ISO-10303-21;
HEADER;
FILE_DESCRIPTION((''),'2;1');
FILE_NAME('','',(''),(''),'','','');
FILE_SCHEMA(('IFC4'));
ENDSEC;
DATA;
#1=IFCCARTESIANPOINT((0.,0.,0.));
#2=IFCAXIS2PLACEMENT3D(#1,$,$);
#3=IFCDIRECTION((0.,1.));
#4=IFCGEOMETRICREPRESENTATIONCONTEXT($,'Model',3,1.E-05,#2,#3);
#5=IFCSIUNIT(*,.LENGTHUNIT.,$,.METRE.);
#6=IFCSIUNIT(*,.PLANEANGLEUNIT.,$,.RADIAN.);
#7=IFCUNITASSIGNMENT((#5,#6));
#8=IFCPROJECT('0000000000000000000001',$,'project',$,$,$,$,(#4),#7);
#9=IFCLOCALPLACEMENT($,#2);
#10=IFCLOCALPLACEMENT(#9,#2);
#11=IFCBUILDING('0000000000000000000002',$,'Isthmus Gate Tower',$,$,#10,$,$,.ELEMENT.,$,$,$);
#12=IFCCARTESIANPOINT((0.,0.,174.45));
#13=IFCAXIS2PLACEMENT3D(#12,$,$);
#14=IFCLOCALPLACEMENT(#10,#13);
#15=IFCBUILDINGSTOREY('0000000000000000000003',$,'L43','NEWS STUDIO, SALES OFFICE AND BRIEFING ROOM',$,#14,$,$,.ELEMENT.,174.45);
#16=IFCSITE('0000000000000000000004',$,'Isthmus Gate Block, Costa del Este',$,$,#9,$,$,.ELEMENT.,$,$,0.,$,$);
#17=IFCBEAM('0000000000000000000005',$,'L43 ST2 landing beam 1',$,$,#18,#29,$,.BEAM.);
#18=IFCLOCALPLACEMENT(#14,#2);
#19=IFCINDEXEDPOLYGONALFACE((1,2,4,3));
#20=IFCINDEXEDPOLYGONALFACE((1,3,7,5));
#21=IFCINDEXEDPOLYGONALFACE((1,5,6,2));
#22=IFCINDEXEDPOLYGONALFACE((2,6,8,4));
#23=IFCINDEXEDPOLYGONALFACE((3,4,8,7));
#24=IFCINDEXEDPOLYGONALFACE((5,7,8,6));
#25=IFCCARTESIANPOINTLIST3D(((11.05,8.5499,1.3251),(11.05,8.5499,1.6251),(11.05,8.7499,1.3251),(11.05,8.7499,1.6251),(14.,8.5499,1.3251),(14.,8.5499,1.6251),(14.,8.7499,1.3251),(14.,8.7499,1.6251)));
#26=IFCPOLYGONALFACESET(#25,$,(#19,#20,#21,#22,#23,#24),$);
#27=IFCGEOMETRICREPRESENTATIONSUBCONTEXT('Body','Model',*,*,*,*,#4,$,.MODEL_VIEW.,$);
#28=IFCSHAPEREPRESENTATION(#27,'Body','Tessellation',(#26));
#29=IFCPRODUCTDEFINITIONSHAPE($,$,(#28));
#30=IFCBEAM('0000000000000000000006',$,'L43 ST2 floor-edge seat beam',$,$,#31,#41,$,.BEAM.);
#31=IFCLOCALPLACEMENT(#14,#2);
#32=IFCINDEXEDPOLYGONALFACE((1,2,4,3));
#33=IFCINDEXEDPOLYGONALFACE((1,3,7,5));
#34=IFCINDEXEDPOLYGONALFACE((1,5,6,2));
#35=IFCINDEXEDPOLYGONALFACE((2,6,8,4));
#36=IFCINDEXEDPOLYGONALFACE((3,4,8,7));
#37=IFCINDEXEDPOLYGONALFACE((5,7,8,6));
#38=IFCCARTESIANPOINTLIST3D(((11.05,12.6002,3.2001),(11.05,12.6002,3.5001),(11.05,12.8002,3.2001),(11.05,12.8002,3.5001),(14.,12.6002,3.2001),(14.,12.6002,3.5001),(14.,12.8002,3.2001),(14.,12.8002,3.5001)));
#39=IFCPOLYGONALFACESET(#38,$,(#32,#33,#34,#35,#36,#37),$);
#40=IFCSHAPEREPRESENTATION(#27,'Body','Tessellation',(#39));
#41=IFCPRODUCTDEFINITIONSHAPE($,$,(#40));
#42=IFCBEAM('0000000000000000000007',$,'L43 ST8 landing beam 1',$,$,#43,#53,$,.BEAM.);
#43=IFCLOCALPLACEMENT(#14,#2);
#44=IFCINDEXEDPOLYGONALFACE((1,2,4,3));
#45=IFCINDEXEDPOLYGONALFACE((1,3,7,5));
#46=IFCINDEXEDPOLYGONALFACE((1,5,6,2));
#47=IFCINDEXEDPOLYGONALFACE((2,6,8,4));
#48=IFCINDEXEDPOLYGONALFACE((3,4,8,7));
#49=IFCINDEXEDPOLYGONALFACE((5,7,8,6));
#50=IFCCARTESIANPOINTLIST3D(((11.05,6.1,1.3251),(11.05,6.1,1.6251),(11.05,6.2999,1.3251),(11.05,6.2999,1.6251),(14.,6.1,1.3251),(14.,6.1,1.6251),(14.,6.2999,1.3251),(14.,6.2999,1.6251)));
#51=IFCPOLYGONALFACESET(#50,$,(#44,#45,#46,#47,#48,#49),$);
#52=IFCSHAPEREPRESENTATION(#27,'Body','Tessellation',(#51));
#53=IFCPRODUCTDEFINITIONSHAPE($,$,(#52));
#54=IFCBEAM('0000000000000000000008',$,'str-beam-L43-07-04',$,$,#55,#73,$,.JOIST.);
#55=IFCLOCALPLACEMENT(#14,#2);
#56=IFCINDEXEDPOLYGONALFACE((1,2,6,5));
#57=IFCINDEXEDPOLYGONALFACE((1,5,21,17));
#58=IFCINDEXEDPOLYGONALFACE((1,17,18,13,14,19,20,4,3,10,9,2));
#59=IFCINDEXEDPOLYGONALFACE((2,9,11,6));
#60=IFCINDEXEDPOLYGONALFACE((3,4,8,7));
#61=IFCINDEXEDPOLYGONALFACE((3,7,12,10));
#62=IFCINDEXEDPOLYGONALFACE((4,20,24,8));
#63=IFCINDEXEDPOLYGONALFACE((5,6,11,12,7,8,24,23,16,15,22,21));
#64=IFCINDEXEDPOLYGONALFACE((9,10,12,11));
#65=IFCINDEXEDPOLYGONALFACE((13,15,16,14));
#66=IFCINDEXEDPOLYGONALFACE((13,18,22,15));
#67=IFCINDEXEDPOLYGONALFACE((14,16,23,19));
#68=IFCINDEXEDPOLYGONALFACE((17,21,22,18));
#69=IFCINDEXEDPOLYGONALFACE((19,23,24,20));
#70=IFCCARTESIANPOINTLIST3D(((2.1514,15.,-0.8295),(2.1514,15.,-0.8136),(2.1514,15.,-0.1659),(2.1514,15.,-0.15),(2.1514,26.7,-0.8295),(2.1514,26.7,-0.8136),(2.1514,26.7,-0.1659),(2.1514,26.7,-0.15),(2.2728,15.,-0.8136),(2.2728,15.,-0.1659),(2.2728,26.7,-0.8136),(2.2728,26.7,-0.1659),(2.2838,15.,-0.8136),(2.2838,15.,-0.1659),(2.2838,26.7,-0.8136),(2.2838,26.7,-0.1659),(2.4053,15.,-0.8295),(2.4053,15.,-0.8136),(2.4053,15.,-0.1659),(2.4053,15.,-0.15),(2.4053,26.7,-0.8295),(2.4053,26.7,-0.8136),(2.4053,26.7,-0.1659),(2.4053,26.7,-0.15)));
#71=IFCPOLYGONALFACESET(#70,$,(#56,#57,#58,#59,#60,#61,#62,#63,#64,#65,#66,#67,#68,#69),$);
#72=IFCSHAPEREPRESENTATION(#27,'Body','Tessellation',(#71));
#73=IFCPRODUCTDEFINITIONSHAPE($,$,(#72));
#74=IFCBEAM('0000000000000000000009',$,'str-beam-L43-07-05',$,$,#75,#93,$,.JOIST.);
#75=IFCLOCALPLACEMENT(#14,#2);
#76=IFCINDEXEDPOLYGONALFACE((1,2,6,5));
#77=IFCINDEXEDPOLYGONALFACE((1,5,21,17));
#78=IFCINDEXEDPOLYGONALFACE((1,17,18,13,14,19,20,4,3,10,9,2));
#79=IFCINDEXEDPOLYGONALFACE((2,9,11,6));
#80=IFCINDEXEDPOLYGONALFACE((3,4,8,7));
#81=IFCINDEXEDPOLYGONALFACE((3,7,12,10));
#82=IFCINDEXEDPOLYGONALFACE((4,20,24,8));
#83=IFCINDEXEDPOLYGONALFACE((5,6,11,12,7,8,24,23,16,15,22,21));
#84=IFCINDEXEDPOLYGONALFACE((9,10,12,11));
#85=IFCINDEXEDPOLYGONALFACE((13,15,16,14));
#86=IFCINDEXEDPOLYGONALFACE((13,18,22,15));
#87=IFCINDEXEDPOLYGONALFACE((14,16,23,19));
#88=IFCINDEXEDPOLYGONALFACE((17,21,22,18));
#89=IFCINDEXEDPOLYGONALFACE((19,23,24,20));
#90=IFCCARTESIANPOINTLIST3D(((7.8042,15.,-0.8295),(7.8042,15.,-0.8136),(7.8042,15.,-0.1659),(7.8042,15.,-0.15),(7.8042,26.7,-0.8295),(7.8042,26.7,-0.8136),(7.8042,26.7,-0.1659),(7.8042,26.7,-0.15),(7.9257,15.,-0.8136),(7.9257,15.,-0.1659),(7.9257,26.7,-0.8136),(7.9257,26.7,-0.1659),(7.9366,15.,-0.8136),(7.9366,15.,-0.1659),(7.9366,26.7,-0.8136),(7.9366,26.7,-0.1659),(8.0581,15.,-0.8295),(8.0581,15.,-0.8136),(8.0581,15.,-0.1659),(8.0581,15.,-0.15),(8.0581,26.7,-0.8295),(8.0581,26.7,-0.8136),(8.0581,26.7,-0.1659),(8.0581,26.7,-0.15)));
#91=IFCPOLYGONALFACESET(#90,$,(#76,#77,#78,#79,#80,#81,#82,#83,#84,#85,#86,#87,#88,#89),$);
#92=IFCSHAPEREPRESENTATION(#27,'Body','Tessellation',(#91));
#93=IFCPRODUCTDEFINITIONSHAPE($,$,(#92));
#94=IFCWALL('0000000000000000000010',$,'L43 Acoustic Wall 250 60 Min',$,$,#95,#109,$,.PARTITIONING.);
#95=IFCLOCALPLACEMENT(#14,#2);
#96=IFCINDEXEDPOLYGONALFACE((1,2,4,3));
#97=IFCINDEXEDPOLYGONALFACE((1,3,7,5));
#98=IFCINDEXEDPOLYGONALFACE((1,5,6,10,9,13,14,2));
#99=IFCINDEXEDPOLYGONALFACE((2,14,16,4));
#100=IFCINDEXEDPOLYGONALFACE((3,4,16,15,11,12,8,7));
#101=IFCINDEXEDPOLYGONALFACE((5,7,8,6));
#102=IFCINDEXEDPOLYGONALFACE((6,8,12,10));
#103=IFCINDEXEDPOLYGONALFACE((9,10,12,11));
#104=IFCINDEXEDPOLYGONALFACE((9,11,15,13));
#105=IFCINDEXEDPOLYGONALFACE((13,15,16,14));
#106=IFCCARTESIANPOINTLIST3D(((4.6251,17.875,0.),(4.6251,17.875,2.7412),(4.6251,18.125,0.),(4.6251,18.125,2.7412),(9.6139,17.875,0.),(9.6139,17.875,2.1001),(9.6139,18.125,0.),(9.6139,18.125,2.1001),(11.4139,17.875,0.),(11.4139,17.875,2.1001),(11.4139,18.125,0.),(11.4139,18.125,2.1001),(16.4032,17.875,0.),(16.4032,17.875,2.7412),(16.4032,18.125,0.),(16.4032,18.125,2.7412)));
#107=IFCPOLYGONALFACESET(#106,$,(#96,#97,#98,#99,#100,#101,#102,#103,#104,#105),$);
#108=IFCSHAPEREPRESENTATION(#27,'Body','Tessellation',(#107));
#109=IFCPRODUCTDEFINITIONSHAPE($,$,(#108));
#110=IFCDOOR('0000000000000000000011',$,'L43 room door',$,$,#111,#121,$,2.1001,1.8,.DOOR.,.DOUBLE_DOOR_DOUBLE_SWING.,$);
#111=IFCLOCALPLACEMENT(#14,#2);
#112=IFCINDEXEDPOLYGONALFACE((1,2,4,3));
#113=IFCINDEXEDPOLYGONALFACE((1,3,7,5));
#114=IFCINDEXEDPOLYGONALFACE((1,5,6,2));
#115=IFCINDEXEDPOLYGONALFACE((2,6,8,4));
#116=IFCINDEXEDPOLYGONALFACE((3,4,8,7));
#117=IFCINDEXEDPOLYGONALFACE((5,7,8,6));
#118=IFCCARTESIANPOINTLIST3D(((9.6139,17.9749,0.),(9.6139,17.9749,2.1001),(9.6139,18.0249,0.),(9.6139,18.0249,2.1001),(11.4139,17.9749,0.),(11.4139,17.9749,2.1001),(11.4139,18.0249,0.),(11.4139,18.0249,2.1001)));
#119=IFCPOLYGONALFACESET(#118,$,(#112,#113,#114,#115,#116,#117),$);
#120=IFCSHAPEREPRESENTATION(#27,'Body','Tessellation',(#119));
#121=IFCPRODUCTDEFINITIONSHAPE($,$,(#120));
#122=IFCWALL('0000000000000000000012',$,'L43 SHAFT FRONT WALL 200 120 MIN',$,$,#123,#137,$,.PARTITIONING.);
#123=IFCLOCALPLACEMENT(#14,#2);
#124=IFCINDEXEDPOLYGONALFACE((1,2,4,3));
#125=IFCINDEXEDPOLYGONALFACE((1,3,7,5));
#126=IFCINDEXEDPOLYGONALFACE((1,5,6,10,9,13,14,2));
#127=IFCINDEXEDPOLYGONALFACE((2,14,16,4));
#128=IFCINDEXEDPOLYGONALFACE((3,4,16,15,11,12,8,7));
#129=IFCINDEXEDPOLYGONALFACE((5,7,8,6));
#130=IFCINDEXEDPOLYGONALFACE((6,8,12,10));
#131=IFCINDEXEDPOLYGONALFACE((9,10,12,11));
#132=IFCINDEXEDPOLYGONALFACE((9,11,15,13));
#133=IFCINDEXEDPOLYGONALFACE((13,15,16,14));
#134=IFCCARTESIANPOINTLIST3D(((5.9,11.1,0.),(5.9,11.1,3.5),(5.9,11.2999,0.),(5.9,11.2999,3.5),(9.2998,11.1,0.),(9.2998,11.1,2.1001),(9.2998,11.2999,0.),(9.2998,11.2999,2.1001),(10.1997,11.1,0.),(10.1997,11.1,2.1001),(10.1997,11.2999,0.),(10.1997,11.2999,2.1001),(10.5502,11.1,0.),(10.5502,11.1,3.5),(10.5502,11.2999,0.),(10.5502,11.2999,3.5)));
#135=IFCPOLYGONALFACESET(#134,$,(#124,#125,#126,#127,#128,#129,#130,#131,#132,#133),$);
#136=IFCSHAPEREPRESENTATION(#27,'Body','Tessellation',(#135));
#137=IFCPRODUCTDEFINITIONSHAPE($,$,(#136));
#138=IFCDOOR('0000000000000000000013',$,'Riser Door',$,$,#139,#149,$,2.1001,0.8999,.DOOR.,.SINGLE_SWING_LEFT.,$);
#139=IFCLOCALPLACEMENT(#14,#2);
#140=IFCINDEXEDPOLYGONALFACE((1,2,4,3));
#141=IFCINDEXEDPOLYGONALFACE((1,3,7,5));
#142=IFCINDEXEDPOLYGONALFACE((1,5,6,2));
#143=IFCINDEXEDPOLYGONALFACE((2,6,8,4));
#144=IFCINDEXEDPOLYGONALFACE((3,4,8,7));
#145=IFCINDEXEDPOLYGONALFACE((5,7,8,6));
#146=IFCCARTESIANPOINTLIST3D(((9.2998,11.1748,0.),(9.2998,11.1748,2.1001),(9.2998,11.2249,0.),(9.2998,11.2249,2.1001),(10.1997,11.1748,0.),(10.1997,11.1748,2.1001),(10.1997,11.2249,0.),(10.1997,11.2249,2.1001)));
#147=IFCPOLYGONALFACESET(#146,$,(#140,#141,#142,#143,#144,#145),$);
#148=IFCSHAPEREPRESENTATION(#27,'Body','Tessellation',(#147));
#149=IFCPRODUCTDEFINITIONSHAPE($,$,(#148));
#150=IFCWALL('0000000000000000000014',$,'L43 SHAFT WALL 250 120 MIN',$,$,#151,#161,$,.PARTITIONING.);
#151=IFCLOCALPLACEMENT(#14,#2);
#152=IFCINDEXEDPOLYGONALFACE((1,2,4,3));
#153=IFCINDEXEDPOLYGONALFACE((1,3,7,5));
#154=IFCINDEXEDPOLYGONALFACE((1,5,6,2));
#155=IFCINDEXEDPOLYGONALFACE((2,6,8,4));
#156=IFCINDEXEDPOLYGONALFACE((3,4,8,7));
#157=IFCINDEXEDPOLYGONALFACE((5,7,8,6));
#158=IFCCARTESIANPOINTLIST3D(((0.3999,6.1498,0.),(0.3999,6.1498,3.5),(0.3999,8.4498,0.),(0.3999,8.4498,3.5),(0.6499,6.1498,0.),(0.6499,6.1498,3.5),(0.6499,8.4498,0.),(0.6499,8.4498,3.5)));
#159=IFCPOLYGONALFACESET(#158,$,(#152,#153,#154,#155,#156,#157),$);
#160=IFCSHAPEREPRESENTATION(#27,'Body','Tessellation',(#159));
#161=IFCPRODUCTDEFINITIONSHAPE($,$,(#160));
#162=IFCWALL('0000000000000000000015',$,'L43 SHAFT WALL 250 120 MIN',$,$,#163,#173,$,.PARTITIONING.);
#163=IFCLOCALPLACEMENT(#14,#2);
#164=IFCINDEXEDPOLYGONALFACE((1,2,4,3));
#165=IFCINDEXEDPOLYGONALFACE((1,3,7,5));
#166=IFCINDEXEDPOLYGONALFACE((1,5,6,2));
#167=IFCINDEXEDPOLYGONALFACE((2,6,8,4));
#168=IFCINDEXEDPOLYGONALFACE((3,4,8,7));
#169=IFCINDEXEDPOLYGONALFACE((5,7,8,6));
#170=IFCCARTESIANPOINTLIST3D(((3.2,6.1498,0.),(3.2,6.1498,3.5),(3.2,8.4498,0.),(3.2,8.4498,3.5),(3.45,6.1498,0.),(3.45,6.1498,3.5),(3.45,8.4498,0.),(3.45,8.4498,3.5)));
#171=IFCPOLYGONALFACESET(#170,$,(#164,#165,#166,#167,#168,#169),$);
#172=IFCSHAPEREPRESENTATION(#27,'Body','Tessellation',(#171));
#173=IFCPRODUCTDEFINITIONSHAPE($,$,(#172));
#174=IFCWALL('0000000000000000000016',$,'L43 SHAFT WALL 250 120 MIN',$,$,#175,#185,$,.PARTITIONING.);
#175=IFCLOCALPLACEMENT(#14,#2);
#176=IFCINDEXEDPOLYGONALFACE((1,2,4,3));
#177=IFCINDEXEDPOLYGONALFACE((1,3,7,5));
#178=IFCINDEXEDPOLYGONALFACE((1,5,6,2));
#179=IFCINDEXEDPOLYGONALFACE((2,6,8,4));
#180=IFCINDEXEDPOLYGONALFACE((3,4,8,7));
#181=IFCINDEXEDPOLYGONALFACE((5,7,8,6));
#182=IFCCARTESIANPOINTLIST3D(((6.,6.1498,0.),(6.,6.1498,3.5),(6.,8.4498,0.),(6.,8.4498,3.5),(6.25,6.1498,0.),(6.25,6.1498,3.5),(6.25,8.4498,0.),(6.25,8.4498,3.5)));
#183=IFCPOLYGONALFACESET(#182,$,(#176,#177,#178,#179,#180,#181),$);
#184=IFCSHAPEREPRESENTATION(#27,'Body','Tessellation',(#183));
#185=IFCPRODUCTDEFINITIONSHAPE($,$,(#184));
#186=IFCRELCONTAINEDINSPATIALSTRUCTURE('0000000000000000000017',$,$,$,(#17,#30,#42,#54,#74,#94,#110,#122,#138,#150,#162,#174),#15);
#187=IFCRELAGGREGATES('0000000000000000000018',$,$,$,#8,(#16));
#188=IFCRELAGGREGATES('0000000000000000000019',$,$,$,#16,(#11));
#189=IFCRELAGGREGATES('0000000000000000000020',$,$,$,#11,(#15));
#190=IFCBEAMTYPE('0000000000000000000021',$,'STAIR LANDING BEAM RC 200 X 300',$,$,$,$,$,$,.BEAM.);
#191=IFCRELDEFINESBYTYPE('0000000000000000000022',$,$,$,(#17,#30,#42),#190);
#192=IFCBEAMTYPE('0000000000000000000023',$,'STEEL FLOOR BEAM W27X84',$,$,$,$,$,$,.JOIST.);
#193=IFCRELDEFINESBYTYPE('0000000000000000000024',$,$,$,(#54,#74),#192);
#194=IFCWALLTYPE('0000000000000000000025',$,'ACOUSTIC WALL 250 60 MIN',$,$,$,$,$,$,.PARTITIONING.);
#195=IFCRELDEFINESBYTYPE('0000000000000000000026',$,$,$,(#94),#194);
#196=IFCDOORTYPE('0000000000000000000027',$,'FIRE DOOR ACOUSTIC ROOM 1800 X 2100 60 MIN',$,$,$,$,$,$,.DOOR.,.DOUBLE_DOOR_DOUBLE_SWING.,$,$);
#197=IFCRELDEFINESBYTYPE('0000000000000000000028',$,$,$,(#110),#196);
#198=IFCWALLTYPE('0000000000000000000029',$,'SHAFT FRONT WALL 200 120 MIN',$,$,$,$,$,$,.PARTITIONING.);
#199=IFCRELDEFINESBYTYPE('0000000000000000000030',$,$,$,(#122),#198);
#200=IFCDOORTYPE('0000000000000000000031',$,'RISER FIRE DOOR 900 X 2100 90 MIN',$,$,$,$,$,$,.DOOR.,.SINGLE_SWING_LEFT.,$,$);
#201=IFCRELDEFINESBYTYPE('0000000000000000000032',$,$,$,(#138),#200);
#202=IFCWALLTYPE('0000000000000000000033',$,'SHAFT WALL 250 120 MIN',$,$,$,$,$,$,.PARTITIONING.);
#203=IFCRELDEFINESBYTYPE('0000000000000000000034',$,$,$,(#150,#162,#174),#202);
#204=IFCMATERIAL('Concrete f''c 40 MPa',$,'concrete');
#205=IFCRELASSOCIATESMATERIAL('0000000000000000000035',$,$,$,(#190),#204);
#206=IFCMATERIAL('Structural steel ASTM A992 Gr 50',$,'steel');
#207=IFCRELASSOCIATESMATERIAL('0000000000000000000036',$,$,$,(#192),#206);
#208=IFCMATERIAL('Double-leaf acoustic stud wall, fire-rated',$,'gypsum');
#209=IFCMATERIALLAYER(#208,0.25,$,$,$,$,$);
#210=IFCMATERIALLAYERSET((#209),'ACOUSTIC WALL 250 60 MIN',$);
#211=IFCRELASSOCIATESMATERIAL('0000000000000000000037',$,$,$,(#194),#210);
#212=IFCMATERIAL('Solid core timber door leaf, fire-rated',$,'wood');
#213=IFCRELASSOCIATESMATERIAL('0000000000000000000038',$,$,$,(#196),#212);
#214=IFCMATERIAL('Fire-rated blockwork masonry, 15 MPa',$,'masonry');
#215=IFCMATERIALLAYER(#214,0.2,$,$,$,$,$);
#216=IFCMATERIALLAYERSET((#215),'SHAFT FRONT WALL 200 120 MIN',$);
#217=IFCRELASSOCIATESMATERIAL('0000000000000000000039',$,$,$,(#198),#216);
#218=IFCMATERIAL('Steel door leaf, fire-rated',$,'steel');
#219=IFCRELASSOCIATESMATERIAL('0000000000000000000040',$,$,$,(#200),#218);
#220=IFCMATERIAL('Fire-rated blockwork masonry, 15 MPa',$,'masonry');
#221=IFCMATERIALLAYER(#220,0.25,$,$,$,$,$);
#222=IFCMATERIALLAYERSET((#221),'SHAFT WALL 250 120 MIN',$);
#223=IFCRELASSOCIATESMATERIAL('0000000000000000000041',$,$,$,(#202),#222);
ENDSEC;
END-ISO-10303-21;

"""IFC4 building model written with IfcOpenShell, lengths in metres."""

from ifc_helpers import new_model, si_unit, direction, frame, frame_2d, origin, origin_2d, place, context, subcontext, project, spatial, rectangle, i_section, extrude, material, layer, layer_set, material_profile, profile_set, type_object, element, fill, save


model = new_model("IFC4")

# Units and contexts
model_context = context("Model", 3, precision=1e-05, world=origin(), true_north=direction((0.0, 1.0)))
body_context = subcontext(model_context, "Body", "Model", "MODEL_VIEW")
ifc_project = project(units=[si_unit("LENGTHUNIT", "METRE"), si_unit("PLANEANGLEUNIT", "RADIAN")], contexts=[model_context])

# Site, building, storey
site_placement = place(None, origin())
site = spatial("IfcSite", under=ifc_project, at=site_placement, Name="Isthmus Gate Block, Costa del Este", CompositionType="ELEMENT", RefElevation=0.0)
building_placement = place(site_placement, origin())
building = spatial("IfcBuilding", under=site, at=building_placement, Name="Isthmus Gate Tower", CompositionType="ELEMENT")
storey_placement = place(building_placement, frame((0.0, 0.0, 174.45)))
storey = spatial("IfcBuildingStorey", under=building, at=storey_placement, Name="L43", Description="NEWS STUDIO, SALES OFFICE AND BRIEFING ROOM", CompositionType="ELEMENT", Elevation=174.45)

# Beams
ifc_material_1 = material(Name="Concrete f'c 40 MPa", Category="concrete")
ifc_material_profile_1 = material_profile(ifc_material_1, rectangle(XDim=0.2, YDim=0.3, at=origin_2d()), Name="STAIR LANDING BEAM RC 200 X 300")
ifc_profile_set_1 = profile_set([ifc_material_profile_1], Name="Concrete f'c 40 MPa")
beam_type_1 = type_object("IfcBeamType", Name="STAIR LANDING BEAM RC 200 X 300", PredefinedType="BEAM", material=ifc_profile_set_1)
for number, where, z_axis, x_axis, name in (
    (1, (11.05, 8.6499, 1.4751), (1.0, 0.0, 0.0), (0.0, 1.0, 0.0), "L43 ST2 landing beam 1"),
    (2, (11.05, 12.7002, 3.3501), (1.0, 0.0, 0.0), (0.0, 1.0, 0.0), "L43 ST2 floor-edge seat beam"),
    (3, (11.05, 6.2, 1.4751), (1.0, 0.0, 0.0), (0.0, 1.0, 0.0), "L43 ST8 landing beam 1"),
):
    element("IfcBeam", number, at=place(storey_placement, frame(where, z_axis=z_axis, x_axis=x_axis)), inside=storey, type_object=beam_type_1, Name=name, PredefinedType="BEAM", context=body_context, shape_type="SweptSolid", body=[
        extrude(rectangle(XDim=0.2, YDim=0.3, at=origin_2d()), origin(), (0.0, 0.0, 1.0), 2.95),
    ])
ifc_material_2 = material(Name="Structural steel ASTM A992 Gr 50", Category="steel")
ifc_material_profile_2 = material_profile(ifc_material_2, i_section(OverallWidth=0.2539, OverallDepth=0.6794, WebThickness=0.011, FlangeThickness=0.0159, at=origin_2d()), Name="W27X84")
ifc_profile_set_2 = profile_set([ifc_material_profile_2], Name="Structural steel ASTM A992 Gr 50")
beam_type_2 = type_object("IfcBeamType", Name="STEEL FLOOR BEAM W27X84", PredefinedType="JOIST", material=ifc_profile_set_2)
for number, where, z_axis, x_axis, name in (
    (4, (2.2783, 15.0, -0.4897), (0.0, 1.0, 0.0), (-1.0, 0.0, 0.0), "str-beam-L43-07-04"),
    (5, (7.9312, 15.0, -0.4897), (0.0, 1.0, 0.0), (-1.0, 0.0, 0.0), "str-beam-L43-07-05"),
):
    element("IfcBeam", number, at=place(storey_placement, frame(where, z_axis=z_axis, x_axis=x_axis)), inside=storey, type_object=beam_type_2, Name=name, PredefinedType="JOIST", context=body_context, shape_type="SweptSolid", body=[
        extrude(i_section(OverallWidth=0.2539, OverallDepth=0.6794, WebThickness=0.011, FlangeThickness=0.0159, at=origin_2d()), origin(), (0.0, 0.0, 1.0), 11.7),
    ])

# Walls, openings, doors
ifc_material_3 = material(Name="Double-leaf acoustic stud wall, fire-rated", Category="gypsum")
ifc_layer_1 = layer(ifc_material_3, 0.25)
ifc_layer_set_1 = layer_set([ifc_layer_1], Name="ACOUSTIC WALL 250 60 MIN")
wall_type_1 = type_object("IfcWallType", Name="ACOUSTIC WALL 250 60 MIN", PredefinedType="PARTITIONING", material=ifc_layer_set_1)
wall_1_placement = place(storey_placement, frame((4.625, 18.0, 0.0), z_axis=(0.0, 0.0, 1.0), x_axis=(1.0, 0.0, 0.0)))
wall_1 = element("IfcWall", 6, at=wall_1_placement, inside=storey, type_object=wall_type_1, Name="L43 Acoustic Wall 250 60 Min", PredefinedType="PARTITIONING", context=body_context, shape_type="SweptSolid", body=[
    extrude(rectangle(XDim=11.7781, YDim=0.25, at=frame_2d((5.8892, 0.0))), origin(), (0.0, 0.0, 1.0), 2.7412),
])
opening_1_placement = place(wall_1_placement, frame((4.989, 0.0, 0.0)))
opening_1 = element("IfcOpeningElement", 7, at=opening_1_placement, cuts=wall_1, PredefinedType="OPENING", context=body_context, shape_type="SweptSolid", body=[
    extrude(rectangle(XDim=1.8, YDim=2.1001, at=frame_2d((0.8999, 1.05))), frame((0.0, 0.135, 0.0), z_axis=(0.0, -1.0, 0.0), x_axis=(1.0, 0.0, 0.0)), (0.0, 0.0, 1.0), 0.27),
])
ifc_material_4 = material(Name="Solid core timber door leaf, fire-rated", Category="wood")
door_type_1 = type_object("IfcDoorType", Name="FIRE DOOR ACOUSTIC ROOM 1800 X 2100 60 MIN", OperationType="DOUBLE_DOOR_DOUBLE_SWING", PredefinedType="DOOR", material=ifc_material_4)
door_1_placement = place(opening_1_placement, origin())
door_1 = element("IfcDoor", 8, at=door_1_placement, inside=storey, type_object=door_type_1, Name="L43 room door", OperationType="DOUBLE_DOOR_DOUBLE_SWING", OverallHeight=2.1001, OverallWidth=1.8, PredefinedType="DOOR", context=body_context, shape_type="SweptSolid", body=[
    extrude(rectangle(XDim=1.8, YDim=2.1001, at=frame_2d((0.8999, 1.05))), frame((0.0, 0.0249, 0.0), z_axis=(0.0, -1.0, 0.0), x_axis=(1.0, 0.0, 0.0)), (0.0, 0.0, 1.0), 0.05),
])
fill(opening_1, door_1)
ifc_material_5 = material(Name="Fire-rated blockwork masonry, 15 MPa", Category="masonry")
ifc_layer_2 = layer(ifc_material_5, 0.2)
ifc_layer_set_2 = layer_set([ifc_layer_2], Name="SHAFT FRONT WALL 200 120 MIN")
wall_type_2 = type_object("IfcWallType", Name="SHAFT FRONT WALL 200 120 MIN", PredefinedType="PARTITIONING", material=ifc_layer_set_2)
wall_2_placement = place(storey_placement, frame((5.8999, 11.2, 0.0), z_axis=(0.0, 0.0, 1.0), x_axis=(1.0, 0.0, 0.0)))
wall_2 = element("IfcWall", 9, at=wall_2_placement, inside=storey, type_object=wall_type_2, Name="L43 SHAFT FRONT WALL 200 120 MIN", PredefinedType="PARTITIONING", context=body_context, shape_type="SweptSolid", body=[
    extrude(rectangle(XDim=4.6501, YDim=0.2, at=frame_2d((2.3252, 0.0))), origin(), (0.0, 0.0, 1.0), 3.5),
])
opening_2_placement = place(wall_2_placement, frame((3.3999, 0.0, 0.0)))
opening_2 = element("IfcOpeningElement", 10, at=opening_2_placement, cuts=wall_2, PredefinedType="OPENING", context=body_context, shape_type="SweptSolid", body=[
    extrude(rectangle(XDim=0.8999, YDim=2.1001, at=frame_2d((0.45, 1.05))), frame((0.0, 0.1099, 0.0), z_axis=(0.0, -1.0, 0.0), x_axis=(1.0, 0.0, 0.0)), (0.0, 0.0, 1.0), 0.22),
])
ifc_material_6 = material(Name="Steel door leaf, fire-rated", Category="steel")
door_type_2 = type_object("IfcDoorType", Name="RISER FIRE DOOR 900 X 2100 90 MIN", OperationType="SINGLE_SWING_LEFT", PredefinedType="DOOR", material=ifc_material_6)
door_2_placement = place(opening_2_placement, origin())
door_2 = element("IfcDoor", 11, at=door_2_placement, inside=storey, type_object=door_type_2, Name="Riser Door", OperationType="SINGLE_SWING_LEFT", OverallHeight=2.1001, OverallWidth=0.8999, PredefinedType="DOOR", context=body_context, shape_type="SweptSolid", body=[
    extrude(rectangle(XDim=0.8999, YDim=2.1001, at=frame_2d((0.45, 1.05))), frame((0.0, 0.0249, 0.0), z_axis=(0.0, -1.0, 0.0), x_axis=(1.0, 0.0, 0.0)), (0.0, 0.0, 1.0), 0.05),
])
fill(opening_2, door_2)

# Walls
ifc_material_7 = material(Name="Fire-rated blockwork masonry, 15 MPa", Category="masonry")
ifc_layer_3 = layer(ifc_material_7, 0.25)
ifc_layer_set_3 = layer_set([ifc_layer_3], Name="SHAFT WALL 250 120 MIN")
wall_type_3 = type_object("IfcWallType", Name="SHAFT WALL 250 120 MIN", PredefinedType="PARTITIONING", material=ifc_layer_set_3)
for number, where, z_axis, x_axis, name in (
    (12, (0.5249, 6.1499, 0.0), (0.0, 0.0, 1.0), (0.0, 1.0, 0.0), "L43 SHAFT WALL 250 120 MIN"),
    (13, (3.325, 6.1499, 0.0), (0.0, 0.0, 1.0), (0.0, 1.0, 0.0), "L43 SHAFT WALL 250 120 MIN"),
    (14, (6.125, 6.1499, 0.0), (0.0, 0.0, 1.0), (0.0, 1.0, 0.0), "L43 SHAFT WALL 250 120 MIN"),
):
    element("IfcWall", number, at=place(storey_placement, frame(where, z_axis=z_axis, x_axis=x_axis)), inside=storey, type_object=wall_type_3, Name=name, PredefinedType="PARTITIONING", context=body_context, shape_type="SweptSolid", body=[
        extrude(rectangle(XDim=2.3, YDim=0.25, at=frame_2d((1.1499, 0.0))), origin(), (0.0, 0.0, 1.0), 3.5),
    ])

save(model, "model.ifc")
